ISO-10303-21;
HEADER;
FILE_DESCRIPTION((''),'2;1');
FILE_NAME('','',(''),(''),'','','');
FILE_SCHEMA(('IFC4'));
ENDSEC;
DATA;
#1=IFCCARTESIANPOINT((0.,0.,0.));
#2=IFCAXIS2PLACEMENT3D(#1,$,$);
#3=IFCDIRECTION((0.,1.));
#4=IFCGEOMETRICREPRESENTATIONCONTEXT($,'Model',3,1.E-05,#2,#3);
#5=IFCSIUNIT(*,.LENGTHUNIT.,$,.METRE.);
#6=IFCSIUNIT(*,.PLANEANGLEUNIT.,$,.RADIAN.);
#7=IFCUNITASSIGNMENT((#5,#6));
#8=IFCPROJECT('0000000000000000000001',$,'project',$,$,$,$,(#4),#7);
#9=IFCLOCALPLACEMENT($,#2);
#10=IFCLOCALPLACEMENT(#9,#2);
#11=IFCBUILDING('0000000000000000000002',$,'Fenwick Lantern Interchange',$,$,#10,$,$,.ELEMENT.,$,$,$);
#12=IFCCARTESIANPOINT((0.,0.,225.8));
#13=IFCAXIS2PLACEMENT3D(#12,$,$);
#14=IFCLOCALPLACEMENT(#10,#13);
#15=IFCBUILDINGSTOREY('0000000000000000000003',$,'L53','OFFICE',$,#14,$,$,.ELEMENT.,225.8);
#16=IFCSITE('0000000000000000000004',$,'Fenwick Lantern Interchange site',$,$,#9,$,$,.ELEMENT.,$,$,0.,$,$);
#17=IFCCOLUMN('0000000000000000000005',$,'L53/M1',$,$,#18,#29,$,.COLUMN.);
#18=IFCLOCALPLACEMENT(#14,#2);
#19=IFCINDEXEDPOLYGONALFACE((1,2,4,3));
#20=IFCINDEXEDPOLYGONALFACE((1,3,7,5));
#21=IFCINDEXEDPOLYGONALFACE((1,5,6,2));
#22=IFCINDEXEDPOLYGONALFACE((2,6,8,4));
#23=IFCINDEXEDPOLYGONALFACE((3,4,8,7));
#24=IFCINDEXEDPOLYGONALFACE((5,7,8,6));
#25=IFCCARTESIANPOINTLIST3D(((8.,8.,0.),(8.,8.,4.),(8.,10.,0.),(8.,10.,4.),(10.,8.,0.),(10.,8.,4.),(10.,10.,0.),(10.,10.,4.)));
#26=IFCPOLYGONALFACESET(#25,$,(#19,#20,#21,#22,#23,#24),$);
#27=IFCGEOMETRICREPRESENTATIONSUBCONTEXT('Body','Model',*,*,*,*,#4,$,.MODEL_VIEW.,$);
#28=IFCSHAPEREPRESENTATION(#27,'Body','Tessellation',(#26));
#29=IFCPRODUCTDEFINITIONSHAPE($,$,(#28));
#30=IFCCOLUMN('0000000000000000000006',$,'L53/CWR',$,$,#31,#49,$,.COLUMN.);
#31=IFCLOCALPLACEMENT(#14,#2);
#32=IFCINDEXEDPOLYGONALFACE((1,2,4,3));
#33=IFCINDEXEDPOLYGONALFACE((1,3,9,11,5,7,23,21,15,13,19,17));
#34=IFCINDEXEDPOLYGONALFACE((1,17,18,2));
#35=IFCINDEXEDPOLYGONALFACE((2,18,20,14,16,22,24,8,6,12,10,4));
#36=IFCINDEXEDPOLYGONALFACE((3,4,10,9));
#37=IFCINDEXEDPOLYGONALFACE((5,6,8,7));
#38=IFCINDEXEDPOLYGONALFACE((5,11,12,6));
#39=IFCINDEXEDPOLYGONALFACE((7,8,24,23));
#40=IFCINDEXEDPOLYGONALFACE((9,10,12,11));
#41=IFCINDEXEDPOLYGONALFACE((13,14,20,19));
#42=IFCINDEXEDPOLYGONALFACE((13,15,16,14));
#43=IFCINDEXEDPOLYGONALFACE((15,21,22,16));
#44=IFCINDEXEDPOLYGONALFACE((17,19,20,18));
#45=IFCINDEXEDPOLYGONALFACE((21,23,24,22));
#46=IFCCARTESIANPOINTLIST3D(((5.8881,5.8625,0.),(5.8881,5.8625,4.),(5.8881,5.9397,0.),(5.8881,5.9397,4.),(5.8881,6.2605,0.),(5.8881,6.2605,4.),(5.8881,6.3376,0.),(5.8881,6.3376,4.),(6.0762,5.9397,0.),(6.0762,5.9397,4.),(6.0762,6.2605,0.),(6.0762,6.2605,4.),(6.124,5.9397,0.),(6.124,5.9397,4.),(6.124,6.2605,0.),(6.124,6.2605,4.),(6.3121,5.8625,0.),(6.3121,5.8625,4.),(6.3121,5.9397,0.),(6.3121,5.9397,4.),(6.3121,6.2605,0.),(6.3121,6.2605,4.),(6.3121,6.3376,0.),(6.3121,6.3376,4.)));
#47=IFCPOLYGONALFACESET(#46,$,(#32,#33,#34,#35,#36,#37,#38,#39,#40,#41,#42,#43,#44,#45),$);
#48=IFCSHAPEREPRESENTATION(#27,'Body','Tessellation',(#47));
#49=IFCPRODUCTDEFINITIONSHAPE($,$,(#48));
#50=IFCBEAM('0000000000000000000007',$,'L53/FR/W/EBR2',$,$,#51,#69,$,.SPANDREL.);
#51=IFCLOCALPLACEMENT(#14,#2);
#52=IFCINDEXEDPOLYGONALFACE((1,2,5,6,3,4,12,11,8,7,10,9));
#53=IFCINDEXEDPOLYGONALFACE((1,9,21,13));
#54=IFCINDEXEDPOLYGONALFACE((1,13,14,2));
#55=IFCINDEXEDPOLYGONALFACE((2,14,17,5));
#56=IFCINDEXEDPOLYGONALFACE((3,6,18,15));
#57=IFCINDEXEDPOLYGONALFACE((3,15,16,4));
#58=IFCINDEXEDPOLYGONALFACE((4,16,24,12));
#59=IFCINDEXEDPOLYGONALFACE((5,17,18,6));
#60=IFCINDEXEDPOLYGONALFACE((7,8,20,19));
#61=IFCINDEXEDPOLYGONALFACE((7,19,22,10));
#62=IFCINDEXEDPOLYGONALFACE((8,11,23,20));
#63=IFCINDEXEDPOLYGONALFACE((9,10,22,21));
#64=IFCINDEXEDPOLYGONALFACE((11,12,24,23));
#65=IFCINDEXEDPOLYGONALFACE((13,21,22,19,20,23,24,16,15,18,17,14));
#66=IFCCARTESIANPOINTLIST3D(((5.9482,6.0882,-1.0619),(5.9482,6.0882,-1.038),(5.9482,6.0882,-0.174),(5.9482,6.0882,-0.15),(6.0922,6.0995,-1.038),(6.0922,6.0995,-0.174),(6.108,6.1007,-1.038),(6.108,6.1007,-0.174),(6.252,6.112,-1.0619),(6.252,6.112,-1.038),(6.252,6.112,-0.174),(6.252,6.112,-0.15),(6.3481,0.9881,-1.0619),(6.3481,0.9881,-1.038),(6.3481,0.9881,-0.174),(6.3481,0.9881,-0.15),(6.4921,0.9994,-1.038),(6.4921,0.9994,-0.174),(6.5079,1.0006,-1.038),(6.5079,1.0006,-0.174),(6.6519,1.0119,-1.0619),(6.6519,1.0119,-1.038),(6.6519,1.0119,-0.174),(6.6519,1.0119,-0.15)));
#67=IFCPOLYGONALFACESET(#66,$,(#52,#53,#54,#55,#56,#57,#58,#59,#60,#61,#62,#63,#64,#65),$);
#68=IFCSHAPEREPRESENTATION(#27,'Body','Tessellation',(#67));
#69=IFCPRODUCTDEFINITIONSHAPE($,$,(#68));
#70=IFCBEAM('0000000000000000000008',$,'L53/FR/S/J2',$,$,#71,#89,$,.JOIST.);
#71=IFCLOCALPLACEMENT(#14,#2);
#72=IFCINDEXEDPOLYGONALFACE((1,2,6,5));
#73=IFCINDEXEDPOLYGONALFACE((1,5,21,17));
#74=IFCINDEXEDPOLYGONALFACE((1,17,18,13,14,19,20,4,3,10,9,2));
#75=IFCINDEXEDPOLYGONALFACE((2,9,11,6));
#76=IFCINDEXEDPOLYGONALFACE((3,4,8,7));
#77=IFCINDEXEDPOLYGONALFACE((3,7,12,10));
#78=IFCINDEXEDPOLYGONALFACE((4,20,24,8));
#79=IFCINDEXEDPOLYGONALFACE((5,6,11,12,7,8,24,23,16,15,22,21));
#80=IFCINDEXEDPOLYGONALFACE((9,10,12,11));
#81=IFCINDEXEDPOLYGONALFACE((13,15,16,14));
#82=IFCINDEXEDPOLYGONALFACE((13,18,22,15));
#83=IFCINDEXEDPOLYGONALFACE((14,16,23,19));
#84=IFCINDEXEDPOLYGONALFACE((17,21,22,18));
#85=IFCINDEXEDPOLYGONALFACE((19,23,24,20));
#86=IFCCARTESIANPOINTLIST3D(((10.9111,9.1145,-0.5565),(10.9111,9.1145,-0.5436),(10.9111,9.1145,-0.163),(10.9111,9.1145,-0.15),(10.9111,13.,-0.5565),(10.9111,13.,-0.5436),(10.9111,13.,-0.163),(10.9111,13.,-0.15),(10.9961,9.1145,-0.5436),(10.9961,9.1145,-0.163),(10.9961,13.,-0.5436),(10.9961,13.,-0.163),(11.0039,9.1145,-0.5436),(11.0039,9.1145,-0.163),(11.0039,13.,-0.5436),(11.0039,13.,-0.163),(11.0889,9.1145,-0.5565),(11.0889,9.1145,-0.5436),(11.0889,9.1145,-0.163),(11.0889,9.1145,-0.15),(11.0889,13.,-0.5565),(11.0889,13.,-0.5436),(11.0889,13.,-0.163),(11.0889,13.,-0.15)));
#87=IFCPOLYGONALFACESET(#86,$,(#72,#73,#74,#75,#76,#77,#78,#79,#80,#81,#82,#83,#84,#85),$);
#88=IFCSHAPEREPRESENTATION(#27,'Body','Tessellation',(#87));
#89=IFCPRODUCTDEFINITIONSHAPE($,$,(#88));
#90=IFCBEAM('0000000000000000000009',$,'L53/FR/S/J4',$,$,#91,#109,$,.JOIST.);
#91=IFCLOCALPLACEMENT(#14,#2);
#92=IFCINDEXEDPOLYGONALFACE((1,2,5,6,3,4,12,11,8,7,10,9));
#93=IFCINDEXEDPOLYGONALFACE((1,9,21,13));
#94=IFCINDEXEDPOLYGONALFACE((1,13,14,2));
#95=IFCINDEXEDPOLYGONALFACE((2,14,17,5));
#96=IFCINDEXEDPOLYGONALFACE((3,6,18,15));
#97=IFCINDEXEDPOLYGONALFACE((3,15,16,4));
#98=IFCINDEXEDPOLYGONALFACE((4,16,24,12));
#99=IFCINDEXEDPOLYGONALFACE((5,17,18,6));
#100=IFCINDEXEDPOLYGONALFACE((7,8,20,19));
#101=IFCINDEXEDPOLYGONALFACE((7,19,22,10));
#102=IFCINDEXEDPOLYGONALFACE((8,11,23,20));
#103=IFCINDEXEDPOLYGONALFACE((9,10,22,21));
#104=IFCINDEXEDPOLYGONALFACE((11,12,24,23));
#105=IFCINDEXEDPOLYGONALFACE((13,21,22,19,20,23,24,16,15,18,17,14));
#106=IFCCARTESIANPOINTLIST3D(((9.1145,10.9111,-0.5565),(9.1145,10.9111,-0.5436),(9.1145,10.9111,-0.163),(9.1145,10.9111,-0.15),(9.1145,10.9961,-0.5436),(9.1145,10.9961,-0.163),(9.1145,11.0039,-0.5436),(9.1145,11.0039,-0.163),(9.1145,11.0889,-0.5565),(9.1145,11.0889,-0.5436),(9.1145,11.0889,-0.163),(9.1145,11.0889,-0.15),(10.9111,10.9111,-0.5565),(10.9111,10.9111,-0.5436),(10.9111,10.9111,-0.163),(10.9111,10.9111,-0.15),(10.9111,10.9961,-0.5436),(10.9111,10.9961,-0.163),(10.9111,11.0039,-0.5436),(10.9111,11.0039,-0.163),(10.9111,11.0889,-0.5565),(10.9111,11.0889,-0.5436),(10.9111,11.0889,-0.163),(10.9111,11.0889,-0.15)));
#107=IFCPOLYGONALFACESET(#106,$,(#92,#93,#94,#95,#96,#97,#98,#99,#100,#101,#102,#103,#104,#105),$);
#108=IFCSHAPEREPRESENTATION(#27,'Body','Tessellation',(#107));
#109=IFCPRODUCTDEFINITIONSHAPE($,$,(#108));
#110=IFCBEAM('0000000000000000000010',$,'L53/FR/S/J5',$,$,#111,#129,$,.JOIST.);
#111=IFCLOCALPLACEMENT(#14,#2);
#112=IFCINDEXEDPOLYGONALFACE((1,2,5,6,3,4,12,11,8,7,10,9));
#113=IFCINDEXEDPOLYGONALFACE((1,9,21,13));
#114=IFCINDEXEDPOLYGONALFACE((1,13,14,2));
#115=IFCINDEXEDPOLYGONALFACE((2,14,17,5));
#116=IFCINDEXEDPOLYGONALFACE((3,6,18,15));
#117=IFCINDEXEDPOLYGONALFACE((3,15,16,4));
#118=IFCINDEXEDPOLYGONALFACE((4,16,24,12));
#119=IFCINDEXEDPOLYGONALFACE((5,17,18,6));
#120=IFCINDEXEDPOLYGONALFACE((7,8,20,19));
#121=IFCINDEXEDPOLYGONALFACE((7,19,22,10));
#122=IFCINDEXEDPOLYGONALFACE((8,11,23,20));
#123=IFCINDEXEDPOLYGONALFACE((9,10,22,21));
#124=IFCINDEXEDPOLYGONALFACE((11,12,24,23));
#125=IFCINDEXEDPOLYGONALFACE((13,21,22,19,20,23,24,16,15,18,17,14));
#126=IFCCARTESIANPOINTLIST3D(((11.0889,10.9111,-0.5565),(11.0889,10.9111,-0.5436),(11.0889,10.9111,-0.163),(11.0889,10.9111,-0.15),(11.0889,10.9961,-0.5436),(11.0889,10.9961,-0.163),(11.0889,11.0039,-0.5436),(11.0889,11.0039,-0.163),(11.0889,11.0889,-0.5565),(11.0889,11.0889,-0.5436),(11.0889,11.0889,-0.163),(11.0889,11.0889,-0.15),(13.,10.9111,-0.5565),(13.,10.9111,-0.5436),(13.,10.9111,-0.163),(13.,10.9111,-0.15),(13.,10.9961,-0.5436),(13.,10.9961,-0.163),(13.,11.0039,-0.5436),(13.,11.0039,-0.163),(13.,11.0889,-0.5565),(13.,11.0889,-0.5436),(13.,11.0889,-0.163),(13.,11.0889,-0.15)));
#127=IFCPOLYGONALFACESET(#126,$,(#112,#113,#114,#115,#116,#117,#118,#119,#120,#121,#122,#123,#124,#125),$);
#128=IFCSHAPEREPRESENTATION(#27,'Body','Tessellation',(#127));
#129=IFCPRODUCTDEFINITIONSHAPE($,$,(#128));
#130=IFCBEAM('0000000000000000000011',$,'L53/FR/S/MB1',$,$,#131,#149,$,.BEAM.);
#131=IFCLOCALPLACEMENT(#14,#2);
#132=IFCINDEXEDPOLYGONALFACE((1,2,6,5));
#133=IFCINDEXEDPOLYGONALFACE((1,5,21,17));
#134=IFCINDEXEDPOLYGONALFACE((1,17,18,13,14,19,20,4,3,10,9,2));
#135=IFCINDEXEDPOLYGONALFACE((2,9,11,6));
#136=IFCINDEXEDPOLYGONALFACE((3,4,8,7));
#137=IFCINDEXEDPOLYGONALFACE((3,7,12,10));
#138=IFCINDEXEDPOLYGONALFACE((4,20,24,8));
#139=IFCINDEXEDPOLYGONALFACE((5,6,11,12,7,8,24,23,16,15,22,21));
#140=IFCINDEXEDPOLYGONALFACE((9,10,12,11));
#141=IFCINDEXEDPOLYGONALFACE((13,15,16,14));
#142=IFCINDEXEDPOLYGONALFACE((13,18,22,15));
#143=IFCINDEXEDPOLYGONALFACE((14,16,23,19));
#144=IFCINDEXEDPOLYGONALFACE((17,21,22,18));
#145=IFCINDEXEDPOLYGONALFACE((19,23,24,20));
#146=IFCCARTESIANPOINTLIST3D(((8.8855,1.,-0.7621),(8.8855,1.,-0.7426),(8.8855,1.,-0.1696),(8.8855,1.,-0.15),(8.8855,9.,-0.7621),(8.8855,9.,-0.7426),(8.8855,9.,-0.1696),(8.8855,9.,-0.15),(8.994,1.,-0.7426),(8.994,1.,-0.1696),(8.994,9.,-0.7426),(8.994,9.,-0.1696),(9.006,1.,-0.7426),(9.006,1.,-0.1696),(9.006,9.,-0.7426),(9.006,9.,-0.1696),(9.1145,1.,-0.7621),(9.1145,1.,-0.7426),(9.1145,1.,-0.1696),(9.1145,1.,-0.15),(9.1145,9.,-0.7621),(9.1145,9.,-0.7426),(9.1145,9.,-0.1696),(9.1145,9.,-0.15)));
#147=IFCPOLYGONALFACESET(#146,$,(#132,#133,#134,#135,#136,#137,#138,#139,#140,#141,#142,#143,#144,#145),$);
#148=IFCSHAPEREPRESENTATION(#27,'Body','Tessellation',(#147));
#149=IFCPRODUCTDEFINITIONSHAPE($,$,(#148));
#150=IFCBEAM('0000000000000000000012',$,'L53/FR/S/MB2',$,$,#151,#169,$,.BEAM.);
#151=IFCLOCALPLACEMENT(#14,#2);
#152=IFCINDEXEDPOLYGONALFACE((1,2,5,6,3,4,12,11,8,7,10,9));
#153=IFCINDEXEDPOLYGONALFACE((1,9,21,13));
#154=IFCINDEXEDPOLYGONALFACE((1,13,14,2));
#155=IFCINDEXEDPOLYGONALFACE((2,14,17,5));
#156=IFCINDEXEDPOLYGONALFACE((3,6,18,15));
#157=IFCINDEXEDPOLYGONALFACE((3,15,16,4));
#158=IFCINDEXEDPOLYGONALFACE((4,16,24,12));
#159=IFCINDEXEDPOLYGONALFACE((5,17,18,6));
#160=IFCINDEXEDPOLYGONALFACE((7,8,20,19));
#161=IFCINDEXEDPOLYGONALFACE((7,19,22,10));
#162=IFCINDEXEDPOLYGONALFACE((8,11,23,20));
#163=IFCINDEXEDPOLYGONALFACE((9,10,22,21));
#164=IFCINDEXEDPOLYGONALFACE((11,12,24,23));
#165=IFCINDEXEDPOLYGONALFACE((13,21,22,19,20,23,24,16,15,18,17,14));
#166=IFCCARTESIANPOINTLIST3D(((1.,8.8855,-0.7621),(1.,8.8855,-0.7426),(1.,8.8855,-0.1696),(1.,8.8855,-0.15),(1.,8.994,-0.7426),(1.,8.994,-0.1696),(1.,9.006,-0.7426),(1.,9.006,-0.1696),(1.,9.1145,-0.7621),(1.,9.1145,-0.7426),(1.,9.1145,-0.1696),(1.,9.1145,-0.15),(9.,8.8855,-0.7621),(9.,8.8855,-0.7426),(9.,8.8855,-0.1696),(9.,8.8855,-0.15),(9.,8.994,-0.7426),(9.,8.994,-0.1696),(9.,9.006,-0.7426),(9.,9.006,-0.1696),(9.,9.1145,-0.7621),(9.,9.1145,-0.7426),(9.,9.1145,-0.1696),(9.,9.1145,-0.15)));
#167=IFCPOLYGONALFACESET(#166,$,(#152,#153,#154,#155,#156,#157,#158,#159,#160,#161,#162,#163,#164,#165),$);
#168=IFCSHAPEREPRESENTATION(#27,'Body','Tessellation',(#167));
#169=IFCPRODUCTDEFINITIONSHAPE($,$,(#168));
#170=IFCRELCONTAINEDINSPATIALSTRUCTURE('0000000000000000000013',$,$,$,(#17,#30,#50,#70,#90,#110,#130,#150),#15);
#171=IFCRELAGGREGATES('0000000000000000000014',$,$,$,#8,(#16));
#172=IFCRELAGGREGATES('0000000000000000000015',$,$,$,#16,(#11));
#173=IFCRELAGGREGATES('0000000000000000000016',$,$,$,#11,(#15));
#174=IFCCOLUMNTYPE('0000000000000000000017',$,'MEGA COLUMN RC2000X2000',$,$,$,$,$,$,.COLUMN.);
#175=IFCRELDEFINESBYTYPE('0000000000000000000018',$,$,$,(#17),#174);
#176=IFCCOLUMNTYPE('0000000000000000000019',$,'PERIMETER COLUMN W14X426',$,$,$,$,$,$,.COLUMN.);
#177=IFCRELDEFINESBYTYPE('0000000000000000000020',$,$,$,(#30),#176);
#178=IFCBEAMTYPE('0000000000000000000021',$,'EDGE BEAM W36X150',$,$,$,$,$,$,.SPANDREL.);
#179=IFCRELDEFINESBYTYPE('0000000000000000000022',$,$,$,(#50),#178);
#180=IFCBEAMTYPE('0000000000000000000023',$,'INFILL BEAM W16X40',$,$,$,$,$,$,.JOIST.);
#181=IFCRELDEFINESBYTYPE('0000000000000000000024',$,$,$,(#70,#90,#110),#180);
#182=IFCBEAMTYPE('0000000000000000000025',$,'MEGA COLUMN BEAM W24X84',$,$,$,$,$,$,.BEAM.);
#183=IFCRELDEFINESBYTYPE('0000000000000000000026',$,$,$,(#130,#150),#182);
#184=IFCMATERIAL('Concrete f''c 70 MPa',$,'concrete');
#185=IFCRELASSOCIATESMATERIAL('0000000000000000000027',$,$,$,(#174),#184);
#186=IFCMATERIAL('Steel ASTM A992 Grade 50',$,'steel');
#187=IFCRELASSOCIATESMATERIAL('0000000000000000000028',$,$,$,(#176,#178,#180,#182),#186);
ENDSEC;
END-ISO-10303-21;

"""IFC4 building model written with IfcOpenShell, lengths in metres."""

from ifc_helpers import new_model, si_unit, direction, frame, origin, origin_2d, place, context, subcontext, project, spatial, rectangle, i_section, extrude, material, material_profile, profile_set, type_object, element, save


model = new_model("IFC4")

# Units and contexts
model_context = context("Model", 3, precision=1e-05, world=origin(), true_north=direction((0.0, 1.0)))
body_context = subcontext(model_context, "Body", "Model", "MODEL_VIEW")
ifc_project = project(units=[si_unit("LENGTHUNIT", "METRE"), si_unit("PLANEANGLEUNIT", "RADIAN")], contexts=[model_context])

# Site, building, storey
site_placement = place(None, origin())
site = spatial("IfcSite", under=ifc_project, at=site_placement, Name="Fenwick Lantern Interchange site", CompositionType="ELEMENT", RefElevation=0.0)
building_placement = place(site_placement, origin())
building = spatial("IfcBuilding", under=site, at=building_placement, Name="Fenwick Lantern Interchange", CompositionType="ELEMENT")
storey_placement = place(building_placement, frame((0.0, 0.0, 225.8)))
storey = spatial("IfcBuildingStorey", under=building, at=storey_placement, Name="L53", Description="OFFICE", CompositionType="ELEMENT", Elevation=225.8)

# Columns
ifc_material_1 = material(Name="Concrete f'c 70 MPa", Category="concrete")
ifc_material_profile_1 = material_profile(ifc_material_1, rectangle(XDim=2.0, YDim=2.0, at=origin_2d()), Name="RC2000X2000")
ifc_profile_set_1 = profile_set([ifc_material_profile_1], Name="Concrete f'c 70 MPa")
column_type_1 = type_object("IfcColumnType", Name="MEGA COLUMN RC2000X2000", PredefinedType="COLUMN", material=ifc_profile_set_1)
column_1_placement = place(storey_placement, frame((9.0, 9.0, 0.0), z_axis=(0.0, 0.0, 1.0), x_axis=(1.0, 0.0, 0.0)))
element("IfcColumn", 1, at=column_1_placement, inside=storey, type_object=column_type_1, Name="L53/M1", PredefinedType="COLUMN", context=body_context, shape_type="SweptSolid", body=[
    extrude(rectangle(XDim=2.0, YDim=2.0, at=origin_2d()), origin(), (0.0, 0.0, 1.0), 4.0),
])
ifc_material_2 = material(Name="Steel ASTM A992 Grade 50", Category="steel")
ifc_material_profile_2 = material_profile(ifc_material_2, i_section(OverallWidth=0.4241, OverallDepth=0.4751, WebThickness=0.0479, FlangeThickness=0.0771, at=origin_2d()), Name="W14X426")
ifc_profile_set_2 = profile_set([ifc_material_profile_2], Name="Steel ASTM A992 Grade 50")
column_type_2 = type_object("IfcColumnType", Name="PERIMETER COLUMN W14X426", PredefinedType="COLUMN", material=ifc_profile_set_2)
column_2_placement = place(storey_placement, frame((6.1001, 6.1001, 0.0), z_axis=(0.0, 0.0, 1.0), x_axis=(1.0, 0.0, 0.0)))
element("IfcColumn", 2, at=column_2_placement, inside=storey, type_object=column_type_2, Name="L53/CWR", PredefinedType="COLUMN", context=body_context, shape_type="SweptSolid", body=[
    extrude(i_section(OverallWidth=0.4241, OverallDepth=0.4751, WebThickness=0.0479, FlangeThickness=0.0771, at=origin_2d()), origin(), (0.0, 0.0, 1.0), 4.0),
])

# Beams
ifc_material_profile_3 = material_profile(ifc_material_2, i_section(OverallWidth=0.3047, OverallDepth=0.9119, WebThickness=0.0159, FlangeThickness=0.0239, at=origin_2d()), Name="W36X150")
ifc_profile_set_3 = profile_set([ifc_material_profile_3], Name="Steel ASTM A992 Grade 50")
beam_type_1 = type_object("IfcBeamType", Name="EDGE BEAM W36X150", PredefinedType="SPANDREL", material=ifc_profile_set_3)
beam_1_placement = place(storey_placement, frame((6.1001, 6.1001, -0.606), z_axis=(0.078171, -0.99694, 0.0), x_axis=(0.99694, 0.078171, 0.0)))
element("IfcBeam", 3, at=beam_1_placement, inside=storey, type_object=beam_type_1, Name="L53/FR/W/EBR2", PredefinedType="SPANDREL", context=body_context, shape_type="SweptSolid", body=[
    extrude(i_section(OverallWidth=0.3047, OverallDepth=0.9119, WebThickness=0.0159, FlangeThickness=0.0239, at=origin_2d()), origin(), (0.0, 0.0, 1.0), 5.1157),
])
ifc_material_profile_4 = material_profile(ifc_material_2, i_section(OverallWidth=0.1777, OverallDepth=0.4065, WebThickness=0.0078, FlangeThickness=0.0129, at=origin_2d()), Name="W16X40")
ifc_profile_set_4 = profile_set([ifc_material_profile_4], Name="Steel ASTM A992 Grade 50")
beam_type_2 = type_object("IfcBeamType", Name="INFILL BEAM W16X40", PredefinedType="JOIST", material=ifc_profile_set_4)
beam_2_placement = place(storey_placement, frame((11.0, 9.1145, -0.3533), z_axis=(0.0, 1.0, 0.0), x_axis=(-1.0, 0.0, 0.0)))
element("IfcBeam", 4, at=beam_2_placement, inside=storey, type_object=beam_type_2, Name="L53/FR/S/J2", PredefinedType="JOIST", context=body_context, shape_type="SweptSolid", body=[
    extrude(i_section(OverallWidth=0.1777, OverallDepth=0.4065, WebThickness=0.0078, FlangeThickness=0.0129, at=origin_2d()), origin(), (0.0, 0.0, 1.0), 3.8855),
])
beam_3_placement = place(storey_placement, frame((9.1145, 11.0, -0.3533), z_axis=(1.0, 0.0, 0.0), x_axis=(0.0, 1.0, 0.0)))
element("IfcBeam", 5, at=beam_3_placement, inside=storey, type_object=beam_type_2, Name="L53/FR/S/J4", PredefinedType="JOIST", context=body_context, shape_type="SweptSolid", body=[
    extrude(i_section(OverallWidth=0.1777, OverallDepth=0.4065, WebThickness=0.0078, FlangeThickness=0.0129, at=origin_2d()), origin(), (0.0, 0.0, 1.0), 1.7966),
])
beam_4_placement = place(storey_placement, frame((11.0889, 11.0, -0.3533), z_axis=(1.0, 0.0, 0.0), x_axis=(0.0, 1.0, 0.0)))
element("IfcBeam", 6, at=beam_4_placement, inside=storey, type_object=beam_type_2, Name="L53/FR/S/J5", PredefinedType="JOIST", context=body_context, shape_type="SweptSolid", body=[
    extrude(i_section(OverallWidth=0.1777, OverallDepth=0.4065, WebThickness=0.0078, FlangeThickness=0.0129, at=origin_2d()), origin(), (0.0, 0.0, 1.0), 1.9111),
])
ifc_material_profile_5 = material_profile(ifc_material_2, i_section(OverallWidth=0.229, OverallDepth=0.6121, WebThickness=0.012, FlangeThickness=0.0195, at=origin_2d()), Name="W24X84")
ifc_profile_set_5 = profile_set([ifc_material_profile_5], Name="Steel ASTM A992 Grade 50")
beam_type_3 = type_object("IfcBeamType", Name="MEGA COLUMN BEAM W24X84", PredefinedType="BEAM", material=ifc_profile_set_5)
for number, where, z_axis, x_axis, name in (
    (7, (9.0, 9.0, -0.4561), (0.0, -1.0, 0.0), (1.0, 0.0, 0.0), "L53/FR/S/MB1"),
    (8, (9.0, 9.0, -0.4561), (-1.0, 0.0, 0.0), (0.0, -1.0, 0.0), "L53/FR/S/MB2"),
):
    element("IfcBeam", number, at=place(storey_placement, frame(where, z_axis=z_axis, x_axis=x_axis)), inside=storey, type_object=beam_type_3, Name=name, PredefinedType="BEAM", context=body_context, shape_type="SweptSolid", body=[
        extrude(i_section(OverallWidth=0.229, OverallDepth=0.6121, WebThickness=0.012, FlangeThickness=0.0195, at=origin_2d()), origin(), (0.0, 0.0, 1.0), 8.0),
    ])

save(model, "model.ifc")
